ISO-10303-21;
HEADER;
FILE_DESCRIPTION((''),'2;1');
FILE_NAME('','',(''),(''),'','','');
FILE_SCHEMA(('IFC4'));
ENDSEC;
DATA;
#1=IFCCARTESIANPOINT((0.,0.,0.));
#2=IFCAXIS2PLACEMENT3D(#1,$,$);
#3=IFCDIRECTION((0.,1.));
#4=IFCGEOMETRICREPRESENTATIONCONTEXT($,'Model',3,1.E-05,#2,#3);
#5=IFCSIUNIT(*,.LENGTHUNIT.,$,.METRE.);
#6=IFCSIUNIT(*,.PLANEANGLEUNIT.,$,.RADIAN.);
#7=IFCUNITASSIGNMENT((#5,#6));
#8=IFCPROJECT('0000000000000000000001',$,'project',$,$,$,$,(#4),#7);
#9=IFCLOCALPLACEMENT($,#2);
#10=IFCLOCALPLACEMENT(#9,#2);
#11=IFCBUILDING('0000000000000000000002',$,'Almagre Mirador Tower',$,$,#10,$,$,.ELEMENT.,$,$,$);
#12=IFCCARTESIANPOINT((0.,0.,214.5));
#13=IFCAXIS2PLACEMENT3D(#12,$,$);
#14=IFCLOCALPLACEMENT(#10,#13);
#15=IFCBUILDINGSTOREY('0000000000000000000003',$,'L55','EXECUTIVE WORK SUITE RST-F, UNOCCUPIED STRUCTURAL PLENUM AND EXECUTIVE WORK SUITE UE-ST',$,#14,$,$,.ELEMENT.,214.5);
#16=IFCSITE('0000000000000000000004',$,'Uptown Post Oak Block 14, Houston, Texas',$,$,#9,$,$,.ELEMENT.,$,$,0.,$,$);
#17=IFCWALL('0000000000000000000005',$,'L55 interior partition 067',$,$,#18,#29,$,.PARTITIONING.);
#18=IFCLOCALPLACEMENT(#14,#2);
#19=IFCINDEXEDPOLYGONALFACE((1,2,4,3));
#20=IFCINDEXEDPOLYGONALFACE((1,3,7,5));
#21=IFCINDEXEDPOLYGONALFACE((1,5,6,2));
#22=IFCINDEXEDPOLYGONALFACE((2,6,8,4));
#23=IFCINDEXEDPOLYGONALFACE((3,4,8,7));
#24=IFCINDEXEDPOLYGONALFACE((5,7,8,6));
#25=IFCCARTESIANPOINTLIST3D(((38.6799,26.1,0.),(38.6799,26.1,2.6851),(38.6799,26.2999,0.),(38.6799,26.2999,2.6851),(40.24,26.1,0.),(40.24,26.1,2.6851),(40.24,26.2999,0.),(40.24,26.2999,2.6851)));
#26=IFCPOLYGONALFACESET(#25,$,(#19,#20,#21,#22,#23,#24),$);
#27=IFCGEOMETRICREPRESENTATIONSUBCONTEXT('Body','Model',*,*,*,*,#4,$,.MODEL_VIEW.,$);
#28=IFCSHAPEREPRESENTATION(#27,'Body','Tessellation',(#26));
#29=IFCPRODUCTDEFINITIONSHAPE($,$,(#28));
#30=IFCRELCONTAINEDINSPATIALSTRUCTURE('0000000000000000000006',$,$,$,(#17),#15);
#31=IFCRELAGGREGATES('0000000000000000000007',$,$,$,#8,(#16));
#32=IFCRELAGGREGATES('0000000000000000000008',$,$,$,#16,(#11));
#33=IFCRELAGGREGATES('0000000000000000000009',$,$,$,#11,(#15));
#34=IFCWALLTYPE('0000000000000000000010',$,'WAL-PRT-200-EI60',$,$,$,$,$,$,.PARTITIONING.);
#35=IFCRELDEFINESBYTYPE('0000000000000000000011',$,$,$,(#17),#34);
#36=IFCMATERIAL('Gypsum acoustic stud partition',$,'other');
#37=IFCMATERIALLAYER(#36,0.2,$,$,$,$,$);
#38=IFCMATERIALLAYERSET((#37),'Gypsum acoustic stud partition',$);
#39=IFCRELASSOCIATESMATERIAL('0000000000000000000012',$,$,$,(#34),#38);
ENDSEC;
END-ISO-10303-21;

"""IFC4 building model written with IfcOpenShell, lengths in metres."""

from ifc_helpers import new_model, si_unit, direction, frame, frame_2d, origin, place, context, subcontext, project, spatial, rectangle, extrude, material, layer, layer_set, type_object, element, save


model = new_model("IFC4")

# Units and contexts
model_context = context("Model", 3, precision=1e-05, world=origin(), true_north=direction((0.0, 1.0)))
body_context = subcontext(model_context, "Body", "Model", "MODEL_VIEW")
ifc_project = project(units=[si_unit("LENGTHUNIT", "METRE"), si_unit("PLANEANGLEUNIT", "RADIAN")], contexts=[model_context])

# Site, building, storey
site_placement = place(None, origin())
site = spatial("IfcSite", under=ifc_project, at=site_placement, Name="Uptown Post Oak Block 14, Houston, Texas", CompositionType="ELEMENT", RefElevation=0.0)
building_placement = place(site_placement, origin())
building = spatial("IfcBuilding", under=site, at=building_placement, Name="Almagre Mirador Tower", CompositionType="ELEMENT")
storey_placement = place(building_placement, frame((0.0, 0.0, 214.5)))
storey = spatial("IfcBuildingStorey", under=building, at=storey_placement, Name="L55", Description="EXECUTIVE WORK SUITE RST-F, UNOCCUPIED STRUCTURAL PLENUM AND EXECUTIVE WORK SUITE UE-ST", CompositionType="ELEMENT", Elevation=214.5)

# Shared definitions
ifc_material_1 = material(Name="Gypsum acoustic stud partition", Category="other")
ifc_layer_1 = layer(ifc_material_1, 0.2)
ifc_layer_set_1 = layer_set([ifc_layer_1], Name="Gypsum acoustic stud partition")
wall_type_1 = type_object("IfcWallType", Name="WAL-PRT-200-EI60", PredefinedType="PARTITIONING", material=ifc_layer_set_1)

# Wall
wall_1_placement = place(storey_placement, frame((40.24, 26.2, 0.0), z_axis=(0.0, 0.0, 1.0), x_axis=(-1.0, 0.0, 0.0)))
element("IfcWall", 1, at=wall_1_placement, inside=storey, type_object=wall_type_1, Name="L55 interior partition 067", PredefinedType="PARTITIONING", context=body_context, shape_type="SweptSolid", body=[
    extrude(rectangle(XDim=1.5601, YDim=0.2, at=frame_2d((0.78, 0.0))), origin(), (0.0, 0.0, 1.0), 2.6851),
])

save(model, "model.ifc")
